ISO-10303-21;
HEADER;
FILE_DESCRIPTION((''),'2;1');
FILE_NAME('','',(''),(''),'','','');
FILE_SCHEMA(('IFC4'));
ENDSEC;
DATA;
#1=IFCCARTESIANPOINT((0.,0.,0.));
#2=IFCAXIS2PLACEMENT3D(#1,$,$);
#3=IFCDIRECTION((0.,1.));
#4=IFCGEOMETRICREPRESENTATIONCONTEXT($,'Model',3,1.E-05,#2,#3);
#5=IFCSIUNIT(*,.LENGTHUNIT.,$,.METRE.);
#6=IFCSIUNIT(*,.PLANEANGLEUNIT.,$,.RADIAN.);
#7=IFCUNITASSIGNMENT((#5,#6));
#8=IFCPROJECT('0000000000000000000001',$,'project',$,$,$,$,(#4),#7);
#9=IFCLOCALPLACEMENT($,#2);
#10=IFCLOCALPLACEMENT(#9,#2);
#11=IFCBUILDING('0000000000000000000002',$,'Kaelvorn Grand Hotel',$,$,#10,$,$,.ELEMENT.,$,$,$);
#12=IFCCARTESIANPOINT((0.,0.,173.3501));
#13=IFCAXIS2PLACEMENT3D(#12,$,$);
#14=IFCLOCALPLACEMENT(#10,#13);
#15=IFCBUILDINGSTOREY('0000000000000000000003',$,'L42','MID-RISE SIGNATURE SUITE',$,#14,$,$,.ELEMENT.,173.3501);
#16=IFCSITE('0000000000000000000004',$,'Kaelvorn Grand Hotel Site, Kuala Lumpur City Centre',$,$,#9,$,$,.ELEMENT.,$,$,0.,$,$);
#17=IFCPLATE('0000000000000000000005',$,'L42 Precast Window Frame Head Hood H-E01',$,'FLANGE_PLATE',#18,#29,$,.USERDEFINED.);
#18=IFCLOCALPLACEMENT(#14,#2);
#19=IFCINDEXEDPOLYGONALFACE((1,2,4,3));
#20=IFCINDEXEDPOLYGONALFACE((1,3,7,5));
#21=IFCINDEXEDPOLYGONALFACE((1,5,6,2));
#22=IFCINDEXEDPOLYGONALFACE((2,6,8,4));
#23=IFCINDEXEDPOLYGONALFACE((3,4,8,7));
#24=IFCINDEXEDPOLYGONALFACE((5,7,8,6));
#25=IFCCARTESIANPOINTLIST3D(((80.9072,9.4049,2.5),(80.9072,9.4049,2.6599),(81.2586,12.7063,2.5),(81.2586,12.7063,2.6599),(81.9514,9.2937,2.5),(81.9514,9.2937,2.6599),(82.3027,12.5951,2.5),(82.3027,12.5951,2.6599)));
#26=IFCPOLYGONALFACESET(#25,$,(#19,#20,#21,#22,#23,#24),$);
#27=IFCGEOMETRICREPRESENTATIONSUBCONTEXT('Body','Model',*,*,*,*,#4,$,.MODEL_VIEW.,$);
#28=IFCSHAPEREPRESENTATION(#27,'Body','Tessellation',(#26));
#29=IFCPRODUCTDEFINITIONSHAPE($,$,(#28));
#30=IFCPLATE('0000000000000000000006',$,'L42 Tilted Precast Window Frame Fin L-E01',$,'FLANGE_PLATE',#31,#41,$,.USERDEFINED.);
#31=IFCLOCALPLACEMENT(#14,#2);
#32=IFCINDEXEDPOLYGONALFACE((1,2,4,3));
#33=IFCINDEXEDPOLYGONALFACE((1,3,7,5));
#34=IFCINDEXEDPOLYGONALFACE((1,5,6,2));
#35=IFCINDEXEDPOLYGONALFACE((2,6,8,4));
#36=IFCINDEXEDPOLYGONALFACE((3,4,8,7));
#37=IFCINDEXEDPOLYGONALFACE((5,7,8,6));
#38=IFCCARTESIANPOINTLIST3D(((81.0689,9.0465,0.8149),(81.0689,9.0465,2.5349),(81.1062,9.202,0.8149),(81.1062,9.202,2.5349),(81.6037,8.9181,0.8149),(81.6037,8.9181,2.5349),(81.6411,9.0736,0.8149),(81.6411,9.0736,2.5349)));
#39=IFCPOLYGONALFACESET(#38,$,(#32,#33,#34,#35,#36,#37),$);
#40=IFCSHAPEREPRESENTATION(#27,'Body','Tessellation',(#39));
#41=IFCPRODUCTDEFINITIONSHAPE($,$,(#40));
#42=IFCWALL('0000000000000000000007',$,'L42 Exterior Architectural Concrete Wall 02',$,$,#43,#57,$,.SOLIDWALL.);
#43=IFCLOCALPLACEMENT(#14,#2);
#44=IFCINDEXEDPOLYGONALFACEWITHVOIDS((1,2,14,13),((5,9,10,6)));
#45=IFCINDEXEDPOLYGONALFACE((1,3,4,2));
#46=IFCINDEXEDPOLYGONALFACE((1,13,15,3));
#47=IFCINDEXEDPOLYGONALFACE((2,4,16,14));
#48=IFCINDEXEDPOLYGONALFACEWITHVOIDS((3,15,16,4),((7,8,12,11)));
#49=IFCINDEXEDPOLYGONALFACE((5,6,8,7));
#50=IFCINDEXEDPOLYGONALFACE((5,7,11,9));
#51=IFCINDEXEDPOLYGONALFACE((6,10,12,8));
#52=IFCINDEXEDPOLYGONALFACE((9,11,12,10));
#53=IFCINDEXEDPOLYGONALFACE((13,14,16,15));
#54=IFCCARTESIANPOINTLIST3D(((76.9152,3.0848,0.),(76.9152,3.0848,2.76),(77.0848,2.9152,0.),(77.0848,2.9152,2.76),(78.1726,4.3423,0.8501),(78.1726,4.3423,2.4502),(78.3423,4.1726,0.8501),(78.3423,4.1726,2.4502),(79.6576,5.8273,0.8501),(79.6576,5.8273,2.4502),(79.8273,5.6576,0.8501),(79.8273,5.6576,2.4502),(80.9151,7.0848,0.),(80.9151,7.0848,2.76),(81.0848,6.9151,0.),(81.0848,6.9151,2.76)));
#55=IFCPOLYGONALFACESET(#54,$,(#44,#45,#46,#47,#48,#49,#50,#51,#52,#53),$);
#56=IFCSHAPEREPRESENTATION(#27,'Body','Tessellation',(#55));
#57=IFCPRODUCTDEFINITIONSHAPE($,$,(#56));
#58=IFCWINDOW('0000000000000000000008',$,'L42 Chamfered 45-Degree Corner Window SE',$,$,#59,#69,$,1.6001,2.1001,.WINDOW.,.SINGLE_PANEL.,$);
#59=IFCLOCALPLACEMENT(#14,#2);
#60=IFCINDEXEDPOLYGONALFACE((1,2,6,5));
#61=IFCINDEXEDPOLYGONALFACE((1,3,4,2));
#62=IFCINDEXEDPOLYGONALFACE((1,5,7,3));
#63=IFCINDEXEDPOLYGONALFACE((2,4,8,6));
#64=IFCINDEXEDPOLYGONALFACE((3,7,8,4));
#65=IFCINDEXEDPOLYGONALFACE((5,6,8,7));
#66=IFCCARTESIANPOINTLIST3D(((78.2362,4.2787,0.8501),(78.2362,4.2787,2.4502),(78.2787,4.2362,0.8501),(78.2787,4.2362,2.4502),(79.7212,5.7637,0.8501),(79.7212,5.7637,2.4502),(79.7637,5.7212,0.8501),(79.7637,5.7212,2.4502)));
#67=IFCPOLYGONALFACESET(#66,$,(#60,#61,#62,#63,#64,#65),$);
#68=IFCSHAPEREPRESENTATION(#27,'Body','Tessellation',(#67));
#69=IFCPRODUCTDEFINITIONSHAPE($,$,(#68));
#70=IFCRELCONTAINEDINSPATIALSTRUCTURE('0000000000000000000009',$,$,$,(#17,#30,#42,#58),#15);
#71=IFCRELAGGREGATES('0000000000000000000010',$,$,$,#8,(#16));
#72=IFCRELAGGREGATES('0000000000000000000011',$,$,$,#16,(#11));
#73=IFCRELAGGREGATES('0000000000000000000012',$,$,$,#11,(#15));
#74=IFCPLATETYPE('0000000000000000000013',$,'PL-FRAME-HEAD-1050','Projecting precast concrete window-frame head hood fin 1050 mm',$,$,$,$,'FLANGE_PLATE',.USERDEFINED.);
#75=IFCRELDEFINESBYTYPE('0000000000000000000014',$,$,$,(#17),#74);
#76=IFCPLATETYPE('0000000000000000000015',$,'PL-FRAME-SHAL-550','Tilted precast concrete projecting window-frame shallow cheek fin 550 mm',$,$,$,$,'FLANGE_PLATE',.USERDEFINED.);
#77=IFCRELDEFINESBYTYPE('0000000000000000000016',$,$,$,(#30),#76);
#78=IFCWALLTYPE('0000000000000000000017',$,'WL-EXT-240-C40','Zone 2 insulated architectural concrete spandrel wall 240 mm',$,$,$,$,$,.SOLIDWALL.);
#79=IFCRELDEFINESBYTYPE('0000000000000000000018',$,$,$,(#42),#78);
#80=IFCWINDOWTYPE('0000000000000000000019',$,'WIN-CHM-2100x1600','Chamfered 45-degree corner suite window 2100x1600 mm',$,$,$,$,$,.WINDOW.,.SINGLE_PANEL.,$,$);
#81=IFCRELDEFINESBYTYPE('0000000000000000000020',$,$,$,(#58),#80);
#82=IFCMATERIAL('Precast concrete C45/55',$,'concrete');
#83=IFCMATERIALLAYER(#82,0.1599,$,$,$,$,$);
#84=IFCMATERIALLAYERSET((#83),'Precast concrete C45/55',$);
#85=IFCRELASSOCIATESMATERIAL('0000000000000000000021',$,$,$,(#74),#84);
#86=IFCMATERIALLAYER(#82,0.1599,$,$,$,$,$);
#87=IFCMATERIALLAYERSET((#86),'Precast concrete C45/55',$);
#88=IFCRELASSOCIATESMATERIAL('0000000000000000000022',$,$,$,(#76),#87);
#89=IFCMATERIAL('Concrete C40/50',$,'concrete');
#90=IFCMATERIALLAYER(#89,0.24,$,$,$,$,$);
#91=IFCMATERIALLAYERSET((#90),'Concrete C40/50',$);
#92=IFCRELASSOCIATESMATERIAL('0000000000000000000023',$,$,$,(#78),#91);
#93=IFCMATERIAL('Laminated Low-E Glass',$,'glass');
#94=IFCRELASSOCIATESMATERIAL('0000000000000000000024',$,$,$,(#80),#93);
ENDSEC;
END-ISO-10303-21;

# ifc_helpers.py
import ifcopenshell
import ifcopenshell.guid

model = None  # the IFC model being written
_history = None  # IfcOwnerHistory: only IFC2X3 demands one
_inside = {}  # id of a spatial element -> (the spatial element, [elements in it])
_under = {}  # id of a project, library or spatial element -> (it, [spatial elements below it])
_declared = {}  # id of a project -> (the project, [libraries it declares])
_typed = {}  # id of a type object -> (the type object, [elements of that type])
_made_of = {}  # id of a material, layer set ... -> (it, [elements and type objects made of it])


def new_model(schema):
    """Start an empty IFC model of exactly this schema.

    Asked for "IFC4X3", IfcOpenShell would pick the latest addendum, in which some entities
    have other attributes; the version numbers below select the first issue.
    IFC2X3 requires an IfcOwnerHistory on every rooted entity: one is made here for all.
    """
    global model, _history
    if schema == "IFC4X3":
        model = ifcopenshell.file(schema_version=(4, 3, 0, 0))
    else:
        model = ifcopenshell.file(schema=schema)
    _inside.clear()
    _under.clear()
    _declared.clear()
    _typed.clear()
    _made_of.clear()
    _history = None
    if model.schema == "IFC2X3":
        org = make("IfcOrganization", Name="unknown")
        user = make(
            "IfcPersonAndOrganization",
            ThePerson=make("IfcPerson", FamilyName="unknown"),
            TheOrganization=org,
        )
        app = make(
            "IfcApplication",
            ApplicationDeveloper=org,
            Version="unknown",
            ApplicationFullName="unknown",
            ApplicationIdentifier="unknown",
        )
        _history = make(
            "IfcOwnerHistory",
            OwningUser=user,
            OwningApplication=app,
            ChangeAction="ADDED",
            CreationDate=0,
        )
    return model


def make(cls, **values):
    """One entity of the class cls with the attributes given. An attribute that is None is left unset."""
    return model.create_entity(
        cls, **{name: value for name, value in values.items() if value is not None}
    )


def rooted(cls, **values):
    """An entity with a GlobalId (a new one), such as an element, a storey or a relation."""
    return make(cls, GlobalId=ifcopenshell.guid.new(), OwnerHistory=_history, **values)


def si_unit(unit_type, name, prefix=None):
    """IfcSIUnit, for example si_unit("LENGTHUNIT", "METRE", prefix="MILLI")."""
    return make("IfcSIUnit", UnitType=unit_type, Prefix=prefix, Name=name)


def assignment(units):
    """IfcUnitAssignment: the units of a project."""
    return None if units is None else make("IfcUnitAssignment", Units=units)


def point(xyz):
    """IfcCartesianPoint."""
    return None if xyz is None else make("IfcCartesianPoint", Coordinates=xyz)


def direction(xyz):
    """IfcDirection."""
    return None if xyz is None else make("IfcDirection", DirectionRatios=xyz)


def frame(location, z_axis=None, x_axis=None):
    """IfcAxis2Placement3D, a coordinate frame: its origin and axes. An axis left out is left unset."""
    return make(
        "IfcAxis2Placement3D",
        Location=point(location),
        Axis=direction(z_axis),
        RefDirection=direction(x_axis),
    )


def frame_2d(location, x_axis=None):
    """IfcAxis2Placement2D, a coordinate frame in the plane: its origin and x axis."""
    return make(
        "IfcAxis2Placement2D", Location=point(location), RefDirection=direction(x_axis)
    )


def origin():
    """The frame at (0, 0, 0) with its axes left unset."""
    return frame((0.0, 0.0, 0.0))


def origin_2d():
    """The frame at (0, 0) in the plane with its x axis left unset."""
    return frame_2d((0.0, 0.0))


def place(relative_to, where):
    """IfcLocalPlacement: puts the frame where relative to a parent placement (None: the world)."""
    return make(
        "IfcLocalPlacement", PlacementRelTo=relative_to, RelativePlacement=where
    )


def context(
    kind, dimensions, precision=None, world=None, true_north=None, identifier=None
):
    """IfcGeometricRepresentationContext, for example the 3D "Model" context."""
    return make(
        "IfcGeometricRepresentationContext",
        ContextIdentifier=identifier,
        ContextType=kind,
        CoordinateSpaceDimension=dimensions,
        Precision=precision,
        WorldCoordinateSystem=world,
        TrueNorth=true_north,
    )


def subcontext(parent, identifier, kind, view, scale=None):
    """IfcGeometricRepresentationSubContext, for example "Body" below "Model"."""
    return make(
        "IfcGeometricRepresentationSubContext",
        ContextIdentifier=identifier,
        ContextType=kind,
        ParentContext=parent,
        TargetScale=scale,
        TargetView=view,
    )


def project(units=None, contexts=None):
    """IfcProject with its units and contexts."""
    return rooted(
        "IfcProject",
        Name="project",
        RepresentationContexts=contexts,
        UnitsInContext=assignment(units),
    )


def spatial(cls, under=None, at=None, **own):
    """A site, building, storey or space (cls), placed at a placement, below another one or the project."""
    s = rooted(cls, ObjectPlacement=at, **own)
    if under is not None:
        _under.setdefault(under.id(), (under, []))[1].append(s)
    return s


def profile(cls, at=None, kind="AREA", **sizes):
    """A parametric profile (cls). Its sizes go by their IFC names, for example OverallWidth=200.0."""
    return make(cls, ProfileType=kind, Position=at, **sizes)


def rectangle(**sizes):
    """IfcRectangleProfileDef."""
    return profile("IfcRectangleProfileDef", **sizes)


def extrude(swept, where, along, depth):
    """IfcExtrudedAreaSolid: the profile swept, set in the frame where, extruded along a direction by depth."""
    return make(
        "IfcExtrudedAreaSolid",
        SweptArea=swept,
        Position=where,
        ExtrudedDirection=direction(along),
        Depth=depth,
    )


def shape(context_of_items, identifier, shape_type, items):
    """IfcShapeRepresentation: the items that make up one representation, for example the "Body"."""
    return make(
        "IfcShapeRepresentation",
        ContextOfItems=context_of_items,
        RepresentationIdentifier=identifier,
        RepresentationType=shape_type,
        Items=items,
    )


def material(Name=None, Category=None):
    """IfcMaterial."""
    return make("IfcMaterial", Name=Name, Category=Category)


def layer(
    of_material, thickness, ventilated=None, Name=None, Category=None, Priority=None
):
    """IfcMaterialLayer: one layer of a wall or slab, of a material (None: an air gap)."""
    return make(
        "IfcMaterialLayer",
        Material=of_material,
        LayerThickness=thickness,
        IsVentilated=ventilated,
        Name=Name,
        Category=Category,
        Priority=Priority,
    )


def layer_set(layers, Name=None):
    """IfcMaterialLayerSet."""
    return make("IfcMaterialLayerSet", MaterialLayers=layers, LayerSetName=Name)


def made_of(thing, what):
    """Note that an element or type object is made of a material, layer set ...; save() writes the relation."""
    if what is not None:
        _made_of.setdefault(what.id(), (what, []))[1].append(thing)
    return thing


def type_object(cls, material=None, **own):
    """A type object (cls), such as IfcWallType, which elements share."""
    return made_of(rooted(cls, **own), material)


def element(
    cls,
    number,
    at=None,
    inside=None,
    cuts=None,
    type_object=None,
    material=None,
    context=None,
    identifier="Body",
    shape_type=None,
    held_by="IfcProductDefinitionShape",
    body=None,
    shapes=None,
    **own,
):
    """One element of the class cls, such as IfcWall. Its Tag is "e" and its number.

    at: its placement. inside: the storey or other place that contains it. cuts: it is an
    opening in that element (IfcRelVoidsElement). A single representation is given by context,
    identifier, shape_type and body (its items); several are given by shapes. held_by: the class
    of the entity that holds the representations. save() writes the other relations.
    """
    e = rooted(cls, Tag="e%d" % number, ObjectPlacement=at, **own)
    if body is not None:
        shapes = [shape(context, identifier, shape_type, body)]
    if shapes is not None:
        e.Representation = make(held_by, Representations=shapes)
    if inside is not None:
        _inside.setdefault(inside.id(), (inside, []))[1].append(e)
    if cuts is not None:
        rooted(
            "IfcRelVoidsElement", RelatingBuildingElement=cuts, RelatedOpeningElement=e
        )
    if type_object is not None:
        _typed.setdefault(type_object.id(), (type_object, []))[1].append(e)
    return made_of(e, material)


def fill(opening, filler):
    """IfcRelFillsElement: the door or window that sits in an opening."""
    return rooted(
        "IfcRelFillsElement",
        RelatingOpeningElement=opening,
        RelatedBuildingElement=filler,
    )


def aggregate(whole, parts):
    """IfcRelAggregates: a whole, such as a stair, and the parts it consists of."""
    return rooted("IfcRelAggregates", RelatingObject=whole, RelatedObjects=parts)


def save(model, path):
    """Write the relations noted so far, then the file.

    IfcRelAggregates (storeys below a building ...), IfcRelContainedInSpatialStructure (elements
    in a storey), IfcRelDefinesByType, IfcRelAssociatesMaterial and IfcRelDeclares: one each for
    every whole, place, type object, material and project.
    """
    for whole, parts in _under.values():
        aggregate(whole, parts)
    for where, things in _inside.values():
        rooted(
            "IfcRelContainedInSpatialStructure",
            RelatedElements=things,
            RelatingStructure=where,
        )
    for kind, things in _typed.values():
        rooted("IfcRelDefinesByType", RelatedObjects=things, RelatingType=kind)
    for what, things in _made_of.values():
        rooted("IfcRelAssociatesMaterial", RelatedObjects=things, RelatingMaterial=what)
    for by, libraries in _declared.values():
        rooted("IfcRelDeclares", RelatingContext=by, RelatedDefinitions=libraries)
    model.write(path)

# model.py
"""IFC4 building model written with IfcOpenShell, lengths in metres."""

from ifc_helpers import new_model, si_unit, direction, frame, frame_2d, origin, origin_2d, place, context, subcontext, project, spatial, rectangle, extrude, material, layer, layer_set, type_object, element, fill, save


model = new_model("IFC4")

# Units and contexts
model_context = context("Model", 3, precision=1e-05, world=origin(), true_north=direction((0.0, 1.0)))
body_context = subcontext(model_context, "Body", "Model", "MODEL_VIEW")
ifc_project = project(units=[si_unit("LENGTHUNIT", "METRE"), si_unit("PLANEANGLEUNIT", "RADIAN")], contexts=[model_context])

# Site, building, storey
site_placement = place(None, origin())
site = spatial("IfcSite", under=ifc_project, at=site_placement, Name="Kaelvorn Grand Hotel Site, Kuala Lumpur City Centre", CompositionType="ELEMENT", RefElevation=0.0)
building_placement = place(site_placement, origin())
building = spatial("IfcBuilding", under=site, at=building_placement, Name="Kaelvorn Grand Hotel", CompositionType="ELEMENT")
storey_placement = place(building_placement, frame((0.0, 0.0, 173.3501)))
storey = spatial("IfcBuildingStorey", under=building, at=storey_placement, Name="L42", Description="MID-RISE SIGNATURE SUITE", CompositionType="ELEMENT", Elevation=173.3501)

# Plates
ifc_material_1 = material(Name="Precast concrete C45/55", Category="concrete")
ifc_layer_1 = layer(ifc_material_1, 0.1599)
ifc_layer_set_1 = layer_set([ifc_layer_1], Name="Precast concrete C45/55")
plate_type_1 = type_object("IfcPlateType", Name="PL-FRAME-HEAD-1050", Description="Projecting precast concrete window-frame head hood fin 1050 mm", ElementType="FLANGE_PLATE", PredefinedType="USERDEFINED", material=ifc_layer_set_1)
plate_1_placement = place(storey_placement, frame((81.605, 11.0, 2.5), z_axis=(0.0, 0.0, 1.0), x_axis=(0.10583, 0.994384, 0.0)))
element("IfcPlate", 1, at=plate_1_placement, inside=storey, type_object=plate_type_1, Name="L42 Precast Window Frame Head Hood H-E01", ObjectType="FLANGE_PLATE", PredefinedType="USERDEFINED", context=body_context, shape_type="SweptSolid", body=[
    extrude(rectangle(XDim=3.3201, YDim=1.05, at=origin_2d()), origin(), (0.0, 0.0, 1.0), 0.1599),
])
ifc_layer_2 = layer(ifc_material_1, 0.1599)
ifc_layer_set_2 = layer_set([ifc_layer_2], Name="Precast concrete C45/55")
plate_type_2 = type_object("IfcPlateType", Name="PL-FRAME-SHAL-550", Description="Tilted precast concrete projecting window-frame shallow cheek fin 550 mm", ElementType="FLANGE_PLATE", PredefinedType="USERDEFINED", material=ifc_layer_set_2)
plate_2_placement = place(storey_placement, frame((81.355, 9.0601, 0.8149), z_axis=(0.0, 0.0, 1.0), x_axis=(0.233445, 0.97237, 0.0)))
element("IfcPlate", 2, at=plate_2_placement, inside=storey, type_object=plate_type_2, Name="L42 Tilted Precast Window Frame Fin L-E01", ObjectType="FLANGE_PLATE", PredefinedType="USERDEFINED", context=body_context, shape_type="SweptSolid", body=[
    extrude(rectangle(XDim=0.1599, YDim=0.55, at=origin_2d()), origin(), (0.0, 0.0, 1.0), 1.72),
])

# Wall, opening, window
ifc_material_2 = material(Name="Concrete C40/50", Category="concrete")
ifc_layer_3 = layer(ifc_material_2, 0.24)
ifc_layer_set_3 = layer_set([ifc_layer_3], Name="Concrete C40/50")
wall_type_1 = type_object("IfcWallType", Name="WL-EXT-240-C40", Description="Zone 2 insulated architectural concrete spandrel wall 240 mm", PredefinedType="SOLIDWALL", material=ifc_layer_set_3)
wall_1_placement = place(storey_placement, frame((77.0, 3.0, 0.0), z_axis=(0.0, 0.0, 1.0), x_axis=(0.707107, 0.707107, 0.0)))
wall_1 = element("IfcWall", 3, at=wall_1_placement, inside=storey, type_object=wall_type_1, Name="L42 Exterior Architectural Concrete Wall 02", PredefinedType="SOLIDWALL", context=body_context, shape_type="SweptSolid", body=[
    extrude(rectangle(XDim=5.6567, YDim=0.24, at=frame_2d((2.8284, 0.0))), origin(), (0.0, 0.0, 1.0), 2.76),
])
opening_1_placement = place(wall_1_placement, frame((1.7783, 0.0, 0.8501)))
opening_1 = element("IfcOpeningElement", 4, at=opening_1_placement, cuts=wall_1, PredefinedType="OPENING", context=body_context, shape_type="SweptSolid", body=[
    extrude(rectangle(XDim=2.1001, YDim=1.6001, at=frame_2d((1.05, 0.8))), frame((0.0, 0.1299, 0.0), z_axis=(0.0, -1.0, 0.0), x_axis=(1.0, 0.0, 0.0)), (0.0, 0.0, 1.0), 0.26),
])
ifc_material_3 = material(Name="Laminated Low-E Glass", Category="glass")
window_type_1 = type_object("IfcWindowType", Name="WIN-CHM-2100x1600", Description="Chamfered 45-degree corner suite window 2100x1600 mm", PartitioningType="SINGLE_PANEL", PredefinedType="WINDOW", material=ifc_material_3)
window_1_placement = place(opening_1_placement, origin())
window_1 = element("IfcWindow", 5, at=window_1_placement, inside=storey, type_object=window_type_1, Name="L42 Chamfered 45-Degree Corner Window SE", OverallHeight=1.6001, OverallWidth=2.1001, PartitioningType="SINGLE_PANEL", PredefinedType="WINDOW", context=body_context, shape_type="SweptSolid", body=[
    extrude(rectangle(XDim=2.1001, YDim=1.6001, at=frame_2d((1.05, 0.8))), frame((0.0, 0.03, 0.0), z_axis=(0.0, -1.0, 0.0), x_axis=(1.0, 0.0, 0.0)), (0.0, 0.0, 1.0), 0.0601),
])
fill(opening_1, window_1)

save(model, "model.ifc")
